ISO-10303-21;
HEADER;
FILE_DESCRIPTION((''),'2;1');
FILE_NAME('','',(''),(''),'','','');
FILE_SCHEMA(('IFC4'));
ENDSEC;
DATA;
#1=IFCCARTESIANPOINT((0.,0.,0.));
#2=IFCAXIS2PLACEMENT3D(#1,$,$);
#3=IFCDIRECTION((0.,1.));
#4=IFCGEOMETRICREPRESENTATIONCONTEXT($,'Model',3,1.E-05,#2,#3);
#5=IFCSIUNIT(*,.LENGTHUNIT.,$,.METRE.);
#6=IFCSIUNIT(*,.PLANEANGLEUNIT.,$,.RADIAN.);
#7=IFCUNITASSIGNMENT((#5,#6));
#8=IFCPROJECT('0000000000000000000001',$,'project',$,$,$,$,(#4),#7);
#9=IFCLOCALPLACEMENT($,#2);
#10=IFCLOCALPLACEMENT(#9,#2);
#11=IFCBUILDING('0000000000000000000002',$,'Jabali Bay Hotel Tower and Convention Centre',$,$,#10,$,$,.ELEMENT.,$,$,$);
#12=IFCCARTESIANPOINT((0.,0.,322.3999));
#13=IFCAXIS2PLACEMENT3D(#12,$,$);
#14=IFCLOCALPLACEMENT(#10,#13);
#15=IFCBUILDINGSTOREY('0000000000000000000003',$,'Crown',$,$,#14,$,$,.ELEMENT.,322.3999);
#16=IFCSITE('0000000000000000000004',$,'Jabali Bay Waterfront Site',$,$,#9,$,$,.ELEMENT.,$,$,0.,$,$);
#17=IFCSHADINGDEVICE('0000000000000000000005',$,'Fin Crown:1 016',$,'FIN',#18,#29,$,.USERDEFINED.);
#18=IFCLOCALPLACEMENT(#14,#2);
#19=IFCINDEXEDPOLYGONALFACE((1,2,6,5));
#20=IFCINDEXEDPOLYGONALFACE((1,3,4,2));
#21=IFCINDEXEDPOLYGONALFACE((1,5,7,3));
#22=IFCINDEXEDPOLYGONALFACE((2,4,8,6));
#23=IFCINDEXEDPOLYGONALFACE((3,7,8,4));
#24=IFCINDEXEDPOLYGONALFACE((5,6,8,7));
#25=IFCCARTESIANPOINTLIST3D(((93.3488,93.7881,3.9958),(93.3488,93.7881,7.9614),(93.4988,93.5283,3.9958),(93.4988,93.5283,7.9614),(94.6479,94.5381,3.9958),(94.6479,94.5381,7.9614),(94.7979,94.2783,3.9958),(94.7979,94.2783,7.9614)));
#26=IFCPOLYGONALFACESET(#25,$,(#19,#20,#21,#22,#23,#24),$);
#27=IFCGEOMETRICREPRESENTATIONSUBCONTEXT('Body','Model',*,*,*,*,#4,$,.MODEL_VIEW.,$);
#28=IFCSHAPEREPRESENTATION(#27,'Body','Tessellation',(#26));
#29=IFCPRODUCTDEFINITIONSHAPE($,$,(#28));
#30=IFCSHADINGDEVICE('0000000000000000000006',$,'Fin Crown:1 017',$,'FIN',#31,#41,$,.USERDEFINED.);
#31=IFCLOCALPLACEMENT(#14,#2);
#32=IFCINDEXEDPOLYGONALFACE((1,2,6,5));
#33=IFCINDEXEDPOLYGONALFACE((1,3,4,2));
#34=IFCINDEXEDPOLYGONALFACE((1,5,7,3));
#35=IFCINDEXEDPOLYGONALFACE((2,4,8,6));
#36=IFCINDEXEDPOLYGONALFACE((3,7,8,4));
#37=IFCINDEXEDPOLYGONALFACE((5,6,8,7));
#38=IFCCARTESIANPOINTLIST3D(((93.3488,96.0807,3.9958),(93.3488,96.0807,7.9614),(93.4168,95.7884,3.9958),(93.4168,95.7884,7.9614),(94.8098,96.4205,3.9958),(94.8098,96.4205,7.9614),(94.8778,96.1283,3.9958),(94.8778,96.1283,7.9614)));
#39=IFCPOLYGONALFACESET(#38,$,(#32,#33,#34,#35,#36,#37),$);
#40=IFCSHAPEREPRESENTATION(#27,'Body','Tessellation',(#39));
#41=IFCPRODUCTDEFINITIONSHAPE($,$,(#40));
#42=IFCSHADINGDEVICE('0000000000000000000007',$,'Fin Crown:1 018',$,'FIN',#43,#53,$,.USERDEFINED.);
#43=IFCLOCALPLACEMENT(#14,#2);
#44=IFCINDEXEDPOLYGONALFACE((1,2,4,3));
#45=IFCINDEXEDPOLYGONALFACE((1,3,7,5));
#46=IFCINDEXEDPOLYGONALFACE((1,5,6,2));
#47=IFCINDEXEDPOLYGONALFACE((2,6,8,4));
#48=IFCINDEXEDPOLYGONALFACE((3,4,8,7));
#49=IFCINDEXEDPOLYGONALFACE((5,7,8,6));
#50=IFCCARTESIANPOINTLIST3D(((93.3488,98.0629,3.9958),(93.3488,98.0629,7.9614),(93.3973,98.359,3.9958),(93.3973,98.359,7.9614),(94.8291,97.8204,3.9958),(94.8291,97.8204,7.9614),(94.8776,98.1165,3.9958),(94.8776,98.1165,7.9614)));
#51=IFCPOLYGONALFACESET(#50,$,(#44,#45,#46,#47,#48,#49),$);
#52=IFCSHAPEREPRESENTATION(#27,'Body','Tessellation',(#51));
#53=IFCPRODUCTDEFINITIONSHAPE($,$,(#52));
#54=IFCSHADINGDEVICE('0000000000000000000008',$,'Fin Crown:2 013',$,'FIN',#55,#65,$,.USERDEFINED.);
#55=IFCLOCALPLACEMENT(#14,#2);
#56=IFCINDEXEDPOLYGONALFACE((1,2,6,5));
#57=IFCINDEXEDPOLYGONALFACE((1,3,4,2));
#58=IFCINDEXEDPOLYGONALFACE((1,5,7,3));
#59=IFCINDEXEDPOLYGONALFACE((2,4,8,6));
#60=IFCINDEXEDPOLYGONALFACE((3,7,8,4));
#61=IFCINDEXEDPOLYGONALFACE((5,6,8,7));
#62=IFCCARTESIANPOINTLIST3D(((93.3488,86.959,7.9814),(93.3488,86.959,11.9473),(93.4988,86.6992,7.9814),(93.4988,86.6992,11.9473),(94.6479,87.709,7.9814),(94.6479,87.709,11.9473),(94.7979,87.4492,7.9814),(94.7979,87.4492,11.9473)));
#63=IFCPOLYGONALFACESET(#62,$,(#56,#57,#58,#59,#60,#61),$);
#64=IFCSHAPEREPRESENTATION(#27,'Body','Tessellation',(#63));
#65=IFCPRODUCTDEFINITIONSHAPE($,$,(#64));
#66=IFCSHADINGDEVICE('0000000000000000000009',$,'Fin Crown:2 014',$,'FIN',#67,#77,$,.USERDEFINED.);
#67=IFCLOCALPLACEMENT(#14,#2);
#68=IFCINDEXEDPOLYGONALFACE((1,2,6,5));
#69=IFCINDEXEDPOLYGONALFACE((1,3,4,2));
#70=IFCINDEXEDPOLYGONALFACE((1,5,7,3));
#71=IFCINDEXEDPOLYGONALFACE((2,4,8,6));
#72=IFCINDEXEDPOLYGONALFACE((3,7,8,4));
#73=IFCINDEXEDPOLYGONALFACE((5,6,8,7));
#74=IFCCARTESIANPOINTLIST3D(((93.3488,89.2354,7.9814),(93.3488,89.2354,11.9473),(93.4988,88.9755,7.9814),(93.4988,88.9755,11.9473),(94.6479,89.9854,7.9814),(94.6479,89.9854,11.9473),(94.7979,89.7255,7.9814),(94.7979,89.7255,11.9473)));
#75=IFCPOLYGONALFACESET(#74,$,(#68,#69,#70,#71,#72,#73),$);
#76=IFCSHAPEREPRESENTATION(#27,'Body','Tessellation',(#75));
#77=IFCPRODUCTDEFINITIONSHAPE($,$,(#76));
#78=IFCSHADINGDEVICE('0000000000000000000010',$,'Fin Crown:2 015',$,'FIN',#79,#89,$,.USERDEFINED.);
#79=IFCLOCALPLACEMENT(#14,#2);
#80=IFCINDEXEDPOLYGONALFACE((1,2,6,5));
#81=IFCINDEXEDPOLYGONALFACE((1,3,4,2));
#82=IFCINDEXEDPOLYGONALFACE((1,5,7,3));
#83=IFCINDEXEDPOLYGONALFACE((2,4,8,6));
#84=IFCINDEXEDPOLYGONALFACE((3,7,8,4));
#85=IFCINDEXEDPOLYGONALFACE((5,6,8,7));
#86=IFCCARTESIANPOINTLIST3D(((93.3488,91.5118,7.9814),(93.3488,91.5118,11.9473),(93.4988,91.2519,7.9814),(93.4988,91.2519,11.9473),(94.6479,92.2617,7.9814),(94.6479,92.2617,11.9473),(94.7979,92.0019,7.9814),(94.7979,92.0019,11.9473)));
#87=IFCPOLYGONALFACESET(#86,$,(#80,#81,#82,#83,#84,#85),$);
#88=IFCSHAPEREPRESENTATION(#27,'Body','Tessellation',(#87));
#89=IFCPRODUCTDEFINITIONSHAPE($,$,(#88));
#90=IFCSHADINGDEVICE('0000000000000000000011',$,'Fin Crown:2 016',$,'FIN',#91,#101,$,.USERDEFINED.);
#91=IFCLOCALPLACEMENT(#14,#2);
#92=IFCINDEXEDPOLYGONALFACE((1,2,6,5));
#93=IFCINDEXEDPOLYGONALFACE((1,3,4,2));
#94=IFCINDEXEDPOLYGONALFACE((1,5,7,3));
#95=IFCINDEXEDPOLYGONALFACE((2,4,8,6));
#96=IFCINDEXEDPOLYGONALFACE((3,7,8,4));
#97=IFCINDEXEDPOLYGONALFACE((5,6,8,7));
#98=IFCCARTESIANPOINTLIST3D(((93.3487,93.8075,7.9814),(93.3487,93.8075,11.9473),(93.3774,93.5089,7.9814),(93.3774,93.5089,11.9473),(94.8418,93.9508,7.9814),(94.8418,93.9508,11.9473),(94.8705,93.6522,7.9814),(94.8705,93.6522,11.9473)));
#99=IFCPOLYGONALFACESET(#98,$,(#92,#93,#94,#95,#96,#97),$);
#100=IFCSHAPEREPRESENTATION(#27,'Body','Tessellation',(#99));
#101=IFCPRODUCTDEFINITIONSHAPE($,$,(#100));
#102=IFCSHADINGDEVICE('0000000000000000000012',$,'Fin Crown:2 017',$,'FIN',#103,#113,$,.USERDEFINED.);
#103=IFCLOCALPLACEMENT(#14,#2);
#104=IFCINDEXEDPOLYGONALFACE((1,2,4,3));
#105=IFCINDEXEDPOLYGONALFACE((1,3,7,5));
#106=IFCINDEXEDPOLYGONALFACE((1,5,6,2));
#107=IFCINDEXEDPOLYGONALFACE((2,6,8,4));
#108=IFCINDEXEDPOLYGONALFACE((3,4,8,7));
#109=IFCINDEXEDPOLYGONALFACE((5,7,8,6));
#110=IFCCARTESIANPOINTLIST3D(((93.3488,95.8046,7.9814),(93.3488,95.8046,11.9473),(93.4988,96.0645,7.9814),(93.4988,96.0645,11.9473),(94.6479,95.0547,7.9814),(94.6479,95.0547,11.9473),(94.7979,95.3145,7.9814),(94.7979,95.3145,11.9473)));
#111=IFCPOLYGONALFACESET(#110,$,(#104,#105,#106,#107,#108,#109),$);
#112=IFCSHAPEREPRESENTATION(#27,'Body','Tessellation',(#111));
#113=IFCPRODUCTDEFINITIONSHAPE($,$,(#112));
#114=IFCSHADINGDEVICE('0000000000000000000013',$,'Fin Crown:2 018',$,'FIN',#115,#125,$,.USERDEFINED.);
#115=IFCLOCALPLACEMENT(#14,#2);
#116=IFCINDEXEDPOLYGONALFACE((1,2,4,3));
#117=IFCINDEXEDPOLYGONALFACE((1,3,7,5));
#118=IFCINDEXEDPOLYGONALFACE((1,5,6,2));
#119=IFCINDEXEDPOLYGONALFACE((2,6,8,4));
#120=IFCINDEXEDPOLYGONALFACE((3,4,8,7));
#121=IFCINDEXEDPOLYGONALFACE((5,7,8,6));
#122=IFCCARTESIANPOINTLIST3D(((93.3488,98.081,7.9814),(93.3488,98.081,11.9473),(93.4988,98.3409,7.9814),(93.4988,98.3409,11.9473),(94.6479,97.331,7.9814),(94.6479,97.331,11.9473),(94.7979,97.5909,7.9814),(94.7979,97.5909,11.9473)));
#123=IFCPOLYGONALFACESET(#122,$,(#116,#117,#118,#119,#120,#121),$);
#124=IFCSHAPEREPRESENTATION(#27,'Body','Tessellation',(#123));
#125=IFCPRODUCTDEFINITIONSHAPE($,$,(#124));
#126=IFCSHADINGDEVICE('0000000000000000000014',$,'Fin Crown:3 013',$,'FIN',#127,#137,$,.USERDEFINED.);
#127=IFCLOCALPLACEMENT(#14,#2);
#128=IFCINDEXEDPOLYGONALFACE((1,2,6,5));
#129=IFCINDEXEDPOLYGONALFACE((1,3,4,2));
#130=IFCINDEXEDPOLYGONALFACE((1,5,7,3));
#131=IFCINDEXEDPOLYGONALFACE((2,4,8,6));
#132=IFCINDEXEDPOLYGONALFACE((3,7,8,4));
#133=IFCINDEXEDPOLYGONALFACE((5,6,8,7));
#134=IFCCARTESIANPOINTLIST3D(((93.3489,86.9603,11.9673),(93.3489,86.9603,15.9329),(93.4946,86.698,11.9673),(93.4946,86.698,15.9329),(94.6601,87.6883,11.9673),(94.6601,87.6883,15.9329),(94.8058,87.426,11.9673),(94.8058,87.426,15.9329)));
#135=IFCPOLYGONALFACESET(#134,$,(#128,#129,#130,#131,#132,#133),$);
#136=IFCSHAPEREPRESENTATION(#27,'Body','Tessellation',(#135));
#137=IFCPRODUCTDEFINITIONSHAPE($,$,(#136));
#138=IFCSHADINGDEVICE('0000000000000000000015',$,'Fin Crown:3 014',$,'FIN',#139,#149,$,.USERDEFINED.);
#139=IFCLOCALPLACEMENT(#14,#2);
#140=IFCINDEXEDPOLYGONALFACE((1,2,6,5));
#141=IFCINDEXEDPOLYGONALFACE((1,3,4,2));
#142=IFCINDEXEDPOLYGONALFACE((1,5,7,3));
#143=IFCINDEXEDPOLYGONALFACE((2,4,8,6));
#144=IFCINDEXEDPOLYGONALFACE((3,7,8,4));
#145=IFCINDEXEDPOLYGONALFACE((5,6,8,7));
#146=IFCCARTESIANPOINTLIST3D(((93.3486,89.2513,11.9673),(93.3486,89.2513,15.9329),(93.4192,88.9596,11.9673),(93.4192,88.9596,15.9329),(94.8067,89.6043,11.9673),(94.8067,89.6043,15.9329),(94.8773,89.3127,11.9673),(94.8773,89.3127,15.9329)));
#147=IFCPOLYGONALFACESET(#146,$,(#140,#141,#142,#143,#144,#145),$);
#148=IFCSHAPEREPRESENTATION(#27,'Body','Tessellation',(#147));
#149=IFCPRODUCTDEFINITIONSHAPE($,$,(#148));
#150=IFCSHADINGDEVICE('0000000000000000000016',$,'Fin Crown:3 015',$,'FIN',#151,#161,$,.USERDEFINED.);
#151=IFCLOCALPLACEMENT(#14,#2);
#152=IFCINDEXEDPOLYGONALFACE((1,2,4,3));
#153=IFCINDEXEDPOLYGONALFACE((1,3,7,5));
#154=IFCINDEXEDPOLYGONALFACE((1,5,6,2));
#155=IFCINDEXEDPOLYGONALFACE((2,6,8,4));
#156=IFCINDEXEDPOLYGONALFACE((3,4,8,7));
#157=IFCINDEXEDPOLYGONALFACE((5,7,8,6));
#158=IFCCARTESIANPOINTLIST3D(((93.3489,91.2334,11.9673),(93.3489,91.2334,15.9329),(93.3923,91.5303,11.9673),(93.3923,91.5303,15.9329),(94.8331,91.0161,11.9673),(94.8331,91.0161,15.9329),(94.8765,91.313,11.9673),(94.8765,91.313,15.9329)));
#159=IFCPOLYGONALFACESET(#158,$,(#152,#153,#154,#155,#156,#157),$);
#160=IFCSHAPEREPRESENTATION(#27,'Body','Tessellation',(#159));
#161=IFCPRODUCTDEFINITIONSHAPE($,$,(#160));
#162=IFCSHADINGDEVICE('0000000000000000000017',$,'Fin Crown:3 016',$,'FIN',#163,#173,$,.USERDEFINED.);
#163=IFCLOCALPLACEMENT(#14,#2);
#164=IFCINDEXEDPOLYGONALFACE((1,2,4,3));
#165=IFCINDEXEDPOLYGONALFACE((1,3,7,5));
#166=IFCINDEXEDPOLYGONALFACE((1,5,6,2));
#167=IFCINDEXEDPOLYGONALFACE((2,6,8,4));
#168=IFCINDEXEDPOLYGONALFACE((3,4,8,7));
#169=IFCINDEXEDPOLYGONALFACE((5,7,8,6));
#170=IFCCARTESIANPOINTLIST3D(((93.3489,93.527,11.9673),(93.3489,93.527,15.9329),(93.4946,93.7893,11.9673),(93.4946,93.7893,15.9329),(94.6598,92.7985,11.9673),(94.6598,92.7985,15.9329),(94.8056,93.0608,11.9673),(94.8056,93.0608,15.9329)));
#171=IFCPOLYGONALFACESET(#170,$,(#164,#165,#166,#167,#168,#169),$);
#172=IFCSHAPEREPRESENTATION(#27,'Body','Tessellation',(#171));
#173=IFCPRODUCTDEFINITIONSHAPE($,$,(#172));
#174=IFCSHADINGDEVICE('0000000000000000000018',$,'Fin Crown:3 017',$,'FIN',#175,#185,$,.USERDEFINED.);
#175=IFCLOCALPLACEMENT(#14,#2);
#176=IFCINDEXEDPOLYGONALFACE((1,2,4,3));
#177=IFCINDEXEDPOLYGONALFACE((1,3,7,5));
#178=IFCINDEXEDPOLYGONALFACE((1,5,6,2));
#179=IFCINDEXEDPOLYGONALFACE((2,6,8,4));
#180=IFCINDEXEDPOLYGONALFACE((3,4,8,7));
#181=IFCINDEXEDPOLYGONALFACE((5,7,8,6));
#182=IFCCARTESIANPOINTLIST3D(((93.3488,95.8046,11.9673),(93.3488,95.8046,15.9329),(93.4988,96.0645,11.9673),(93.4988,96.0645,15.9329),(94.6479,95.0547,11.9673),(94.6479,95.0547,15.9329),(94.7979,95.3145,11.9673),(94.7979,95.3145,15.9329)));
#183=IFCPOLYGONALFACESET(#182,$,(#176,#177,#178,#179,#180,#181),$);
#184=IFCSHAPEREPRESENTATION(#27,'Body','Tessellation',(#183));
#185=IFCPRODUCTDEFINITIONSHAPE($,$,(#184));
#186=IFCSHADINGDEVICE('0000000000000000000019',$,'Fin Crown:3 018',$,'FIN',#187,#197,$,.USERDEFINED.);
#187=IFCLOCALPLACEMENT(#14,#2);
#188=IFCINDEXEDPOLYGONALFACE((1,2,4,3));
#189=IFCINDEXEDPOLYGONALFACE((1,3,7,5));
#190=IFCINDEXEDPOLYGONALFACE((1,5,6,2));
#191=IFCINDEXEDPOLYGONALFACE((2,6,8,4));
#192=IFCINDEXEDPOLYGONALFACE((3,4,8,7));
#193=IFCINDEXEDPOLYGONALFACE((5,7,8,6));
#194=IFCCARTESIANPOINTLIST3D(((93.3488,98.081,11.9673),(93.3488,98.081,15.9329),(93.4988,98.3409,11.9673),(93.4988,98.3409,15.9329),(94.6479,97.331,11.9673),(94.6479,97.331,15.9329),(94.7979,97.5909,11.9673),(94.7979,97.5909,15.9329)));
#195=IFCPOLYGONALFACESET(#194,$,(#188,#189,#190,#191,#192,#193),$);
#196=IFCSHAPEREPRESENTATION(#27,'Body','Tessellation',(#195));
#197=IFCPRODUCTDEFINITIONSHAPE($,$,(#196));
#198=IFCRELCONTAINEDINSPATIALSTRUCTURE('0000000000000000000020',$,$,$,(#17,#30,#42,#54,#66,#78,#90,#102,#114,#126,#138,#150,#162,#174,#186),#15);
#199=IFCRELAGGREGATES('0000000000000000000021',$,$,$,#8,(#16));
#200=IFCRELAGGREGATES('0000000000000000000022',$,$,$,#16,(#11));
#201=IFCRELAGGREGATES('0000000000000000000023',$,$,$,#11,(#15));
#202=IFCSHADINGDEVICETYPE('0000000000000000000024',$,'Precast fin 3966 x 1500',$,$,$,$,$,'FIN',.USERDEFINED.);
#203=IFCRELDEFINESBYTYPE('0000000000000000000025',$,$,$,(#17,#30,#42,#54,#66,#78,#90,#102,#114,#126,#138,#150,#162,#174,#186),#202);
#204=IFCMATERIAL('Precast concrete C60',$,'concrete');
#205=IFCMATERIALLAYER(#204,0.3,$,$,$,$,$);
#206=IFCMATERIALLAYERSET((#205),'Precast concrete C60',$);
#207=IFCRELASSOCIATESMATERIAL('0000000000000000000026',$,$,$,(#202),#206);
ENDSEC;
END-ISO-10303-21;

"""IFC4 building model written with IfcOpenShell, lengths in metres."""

from ifc_helpers import new_model, si_unit, direction, frame, frame_2d, origin, place, context, subcontext, project, spatial, rectangle, extrude, material, layer, layer_set, type_object, element, save


model = new_model("IFC4")

# Units and contexts
model_context = context("Model", 3, precision=1e-05, world=origin(), true_north=direction((0.0, 1.0)))
body_context = subcontext(model_context, "Body", "Model", "MODEL_VIEW")
ifc_project = project(units=[si_unit("LENGTHUNIT", "METRE"), si_unit("PLANEANGLEUNIT", "RADIAN")], contexts=[model_context])

# Site, building, storey
site_placement = place(None, origin())
site = spatial("IfcSite", under=ifc_project, at=site_placement, Name="Jabali Bay Waterfront Site", CompositionType="ELEMENT", RefElevation=0.0)
building_placement = place(site_placement, origin())
building = spatial("IfcBuilding", under=site, at=building_placement, Name="Jabali Bay Hotel Tower and Convention Centre", CompositionType="ELEMENT")
storey_placement = place(building_placement, frame((0.0, 0.0, 322.3999)))
storey = spatial("IfcBuildingStorey", under=building, at=storey_placement, Name="Crown", CompositionType="ELEMENT", Elevation=322.3999)

# Shading devices
ifc_material_1 = material(Name="Precast concrete C60", Category="concrete")
ifc_layer = layer(ifc_material_1, 0.3)
ifc_layer_set = layer_set([ifc_layer], Name="Precast concrete C60")
shading_device_type = type_object("IfcShadingDeviceType", Name="Precast fin 3966 x 1500", ElementType="FIN", PredefinedType="USERDEFINED", material=ifc_layer_set)
for number, where, z_axis, x_axis, name in (
    (1, (93.4238, 93.6582, 3.9958), (0.0, 0.0, 1.0), (0.866031, 0.49999, 0.0), "Fin Crown:1 016"),
    (2, (93.3828, 95.9346, 3.9958), (0.0, 0.0, 1.0), (0.973995, 0.226571, 0.0), "Fin Crown:1 017"),
    (3, (93.373, 98.2109, 3.9958), (0.0, 0.0, 1.0), (0.986852, -0.161627, 0.0), "Fin Crown:1 018"),
):
    element("IfcShadingDevice", number, at=place(storey_placement, frame(where, z_axis=z_axis, x_axis=x_axis)), inside=storey, type_object=shading_device_type, Name=name, ObjectType="FIN", PredefinedType="USERDEFINED", context=body_context, shape_type="SweptSolid", body=[
        extrude(rectangle(XDim=1.5, YDim=0.3, at=frame_2d((0.75, 0.0))), origin(), (0.0, 0.0, 1.0), 3.9656),
    ])
for number, where, z_axis, x_axis, name in (
    (4, (93.4238, 86.8291, 7.9814), (0.0, 0.0, 1.0), (0.866031, 0.49999, 0.0), "Fin Crown:2 013"),
    (5, (93.4238, 89.1055, 7.9814), (0.0, 0.0, 1.0), (0.866031, 0.49999, 0.0), "Fin Crown:2 014"),
    (6, (93.4238, 91.3818, 7.9814), (0.0, 0.0, 1.0), (0.866031, 0.49999, 0.0), "Fin Crown:2 015"),
    (7, (93.363, 93.6582, 7.9814), (0.0, 0.0, 1.0), (0.995426, 0.095539, 0.0), "Fin Crown:2 016"),
    (8, (93.4238, 95.9346, 7.9814), (0.0, 0.0, 1.0), (0.866031, -0.49999, 0.0), "Fin Crown:2 017"),
    (9, (93.4238, 98.2109, 7.9814), (0.0, 0.0, 1.0), (0.866031, -0.49999, 0.0), "Fin Crown:2 018"),
):
    element("IfcShadingDevice", number, at=place(storey_placement, frame(where, z_axis=z_axis, x_axis=x_axis)), inside=storey, type_object=shading_device_type, Name=name, ObjectType="FIN", PredefinedType="USERDEFINED", context=body_context, shape_type="SweptSolid", body=[
        extrude(rectangle(XDim=1.5, YDim=0.3, at=frame_2d((0.75, 0.0))), origin(), (0.0, 0.0, 1.0), 3.9658),
    ])
shading_device_1_placement = place(storey_placement, frame((93.4216, 86.8291, 11.9673), z_axis=(0.0, 0.0, 1.0), x_axis=(0.874288, 0.485408, 0.0)))
element("IfcShadingDevice", 10, at=shading_device_1_placement, inside=storey, type_object=shading_device_type, Name="Fin Crown:3 013", ObjectType="FIN", PredefinedType="USERDEFINED", context=body_context, shape_type="SweptSolid", body=[
    extrude(rectangle(XDim=1.4998, YDim=0.3, at=frame_2d((0.75, 0.0))), origin(), (0.0, 0.0, 1.0), 3.9656),
])
shading_device_2_placement = place(storey_placement, frame((93.384, 89.1055, 11.9673), z_axis=(0.0, 0.0, 1.0), x_axis=(0.971916, 0.23533, 0.0)))
element("IfcShadingDevice", 11, at=shading_device_2_placement, inside=storey, type_object=shading_device_type, Name="Fin Crown:3 014", ObjectType="FIN", PredefinedType="USERDEFINED", context=body_context, shape_type="SweptSolid", body=[
    extrude(rectangle(XDim=1.5002, YDim=0.3, at=frame_2d((0.75, 0.0))), origin(), (0.0, 0.0, 1.0), 3.9656),
])
shading_device_3_placement = place(storey_placement, frame((93.3706, 91.3818, 11.9673), z_axis=(0.0, 0.0, 1.0), x_axis=(0.989452, -0.144861, 0.0)))
element("IfcShadingDevice", 12, at=shading_device_3_placement, inside=storey, type_object=shading_device_type, Name="Fin Crown:3 015", ObjectType="FIN", PredefinedType="USERDEFINED", context=body_context, shape_type="SweptSolid", body=[
    extrude(rectangle(XDim=1.5, YDim=0.3, at=frame_2d((0.75, 0.0))), origin(), (0.0, 0.0, 1.0), 3.9656),
])
shading_device_4_placement = place(storey_placement, frame((93.4216, 93.6582, 11.9673), z_axis=(0.0, 0.0, 1.0), x_axis=(0.874111, -0.485726, 0.0)))
element("IfcShadingDevice", 13, at=shading_device_4_placement, inside=storey, type_object=shading_device_type, Name="Fin Crown:3 016", ObjectType="FIN", PredefinedType="USERDEFINED", context=body_context, shape_type="SweptSolid", body=[
    extrude(rectangle(XDim=1.4998, YDim=0.3, at=frame_2d((0.75, 0.0))), origin(), (0.0, 0.0, 1.0), 3.9656),
])
for number, where, z_axis, x_axis, name in (
    (14, (93.4238, 95.9346, 11.9673), (0.0, 0.0, 1.0), (0.866031, -0.49999, 0.0), "Fin Crown:3 017"),
    (15, (93.4238, 98.2109, 11.9673), (0.0, 0.0, 1.0), (0.866031, -0.49999, 0.0), "Fin Crown:3 018"),
):
    element("IfcShadingDevice", number, at=place(storey_placement, frame(where, z_axis=z_axis, x_axis=x_axis)), inside=storey, type_object=shading_device_type, Name=name, ObjectType="FIN", PredefinedType="USERDEFINED", context=body_context, shape_type="SweptSolid", body=[
        extrude(rectangle(XDim=1.5, YDim=0.3, at=frame_2d((0.75, 0.0))), origin(), (0.0, 0.0, 1.0), 3.9656),
    ])

save(model, "model.ifc")
